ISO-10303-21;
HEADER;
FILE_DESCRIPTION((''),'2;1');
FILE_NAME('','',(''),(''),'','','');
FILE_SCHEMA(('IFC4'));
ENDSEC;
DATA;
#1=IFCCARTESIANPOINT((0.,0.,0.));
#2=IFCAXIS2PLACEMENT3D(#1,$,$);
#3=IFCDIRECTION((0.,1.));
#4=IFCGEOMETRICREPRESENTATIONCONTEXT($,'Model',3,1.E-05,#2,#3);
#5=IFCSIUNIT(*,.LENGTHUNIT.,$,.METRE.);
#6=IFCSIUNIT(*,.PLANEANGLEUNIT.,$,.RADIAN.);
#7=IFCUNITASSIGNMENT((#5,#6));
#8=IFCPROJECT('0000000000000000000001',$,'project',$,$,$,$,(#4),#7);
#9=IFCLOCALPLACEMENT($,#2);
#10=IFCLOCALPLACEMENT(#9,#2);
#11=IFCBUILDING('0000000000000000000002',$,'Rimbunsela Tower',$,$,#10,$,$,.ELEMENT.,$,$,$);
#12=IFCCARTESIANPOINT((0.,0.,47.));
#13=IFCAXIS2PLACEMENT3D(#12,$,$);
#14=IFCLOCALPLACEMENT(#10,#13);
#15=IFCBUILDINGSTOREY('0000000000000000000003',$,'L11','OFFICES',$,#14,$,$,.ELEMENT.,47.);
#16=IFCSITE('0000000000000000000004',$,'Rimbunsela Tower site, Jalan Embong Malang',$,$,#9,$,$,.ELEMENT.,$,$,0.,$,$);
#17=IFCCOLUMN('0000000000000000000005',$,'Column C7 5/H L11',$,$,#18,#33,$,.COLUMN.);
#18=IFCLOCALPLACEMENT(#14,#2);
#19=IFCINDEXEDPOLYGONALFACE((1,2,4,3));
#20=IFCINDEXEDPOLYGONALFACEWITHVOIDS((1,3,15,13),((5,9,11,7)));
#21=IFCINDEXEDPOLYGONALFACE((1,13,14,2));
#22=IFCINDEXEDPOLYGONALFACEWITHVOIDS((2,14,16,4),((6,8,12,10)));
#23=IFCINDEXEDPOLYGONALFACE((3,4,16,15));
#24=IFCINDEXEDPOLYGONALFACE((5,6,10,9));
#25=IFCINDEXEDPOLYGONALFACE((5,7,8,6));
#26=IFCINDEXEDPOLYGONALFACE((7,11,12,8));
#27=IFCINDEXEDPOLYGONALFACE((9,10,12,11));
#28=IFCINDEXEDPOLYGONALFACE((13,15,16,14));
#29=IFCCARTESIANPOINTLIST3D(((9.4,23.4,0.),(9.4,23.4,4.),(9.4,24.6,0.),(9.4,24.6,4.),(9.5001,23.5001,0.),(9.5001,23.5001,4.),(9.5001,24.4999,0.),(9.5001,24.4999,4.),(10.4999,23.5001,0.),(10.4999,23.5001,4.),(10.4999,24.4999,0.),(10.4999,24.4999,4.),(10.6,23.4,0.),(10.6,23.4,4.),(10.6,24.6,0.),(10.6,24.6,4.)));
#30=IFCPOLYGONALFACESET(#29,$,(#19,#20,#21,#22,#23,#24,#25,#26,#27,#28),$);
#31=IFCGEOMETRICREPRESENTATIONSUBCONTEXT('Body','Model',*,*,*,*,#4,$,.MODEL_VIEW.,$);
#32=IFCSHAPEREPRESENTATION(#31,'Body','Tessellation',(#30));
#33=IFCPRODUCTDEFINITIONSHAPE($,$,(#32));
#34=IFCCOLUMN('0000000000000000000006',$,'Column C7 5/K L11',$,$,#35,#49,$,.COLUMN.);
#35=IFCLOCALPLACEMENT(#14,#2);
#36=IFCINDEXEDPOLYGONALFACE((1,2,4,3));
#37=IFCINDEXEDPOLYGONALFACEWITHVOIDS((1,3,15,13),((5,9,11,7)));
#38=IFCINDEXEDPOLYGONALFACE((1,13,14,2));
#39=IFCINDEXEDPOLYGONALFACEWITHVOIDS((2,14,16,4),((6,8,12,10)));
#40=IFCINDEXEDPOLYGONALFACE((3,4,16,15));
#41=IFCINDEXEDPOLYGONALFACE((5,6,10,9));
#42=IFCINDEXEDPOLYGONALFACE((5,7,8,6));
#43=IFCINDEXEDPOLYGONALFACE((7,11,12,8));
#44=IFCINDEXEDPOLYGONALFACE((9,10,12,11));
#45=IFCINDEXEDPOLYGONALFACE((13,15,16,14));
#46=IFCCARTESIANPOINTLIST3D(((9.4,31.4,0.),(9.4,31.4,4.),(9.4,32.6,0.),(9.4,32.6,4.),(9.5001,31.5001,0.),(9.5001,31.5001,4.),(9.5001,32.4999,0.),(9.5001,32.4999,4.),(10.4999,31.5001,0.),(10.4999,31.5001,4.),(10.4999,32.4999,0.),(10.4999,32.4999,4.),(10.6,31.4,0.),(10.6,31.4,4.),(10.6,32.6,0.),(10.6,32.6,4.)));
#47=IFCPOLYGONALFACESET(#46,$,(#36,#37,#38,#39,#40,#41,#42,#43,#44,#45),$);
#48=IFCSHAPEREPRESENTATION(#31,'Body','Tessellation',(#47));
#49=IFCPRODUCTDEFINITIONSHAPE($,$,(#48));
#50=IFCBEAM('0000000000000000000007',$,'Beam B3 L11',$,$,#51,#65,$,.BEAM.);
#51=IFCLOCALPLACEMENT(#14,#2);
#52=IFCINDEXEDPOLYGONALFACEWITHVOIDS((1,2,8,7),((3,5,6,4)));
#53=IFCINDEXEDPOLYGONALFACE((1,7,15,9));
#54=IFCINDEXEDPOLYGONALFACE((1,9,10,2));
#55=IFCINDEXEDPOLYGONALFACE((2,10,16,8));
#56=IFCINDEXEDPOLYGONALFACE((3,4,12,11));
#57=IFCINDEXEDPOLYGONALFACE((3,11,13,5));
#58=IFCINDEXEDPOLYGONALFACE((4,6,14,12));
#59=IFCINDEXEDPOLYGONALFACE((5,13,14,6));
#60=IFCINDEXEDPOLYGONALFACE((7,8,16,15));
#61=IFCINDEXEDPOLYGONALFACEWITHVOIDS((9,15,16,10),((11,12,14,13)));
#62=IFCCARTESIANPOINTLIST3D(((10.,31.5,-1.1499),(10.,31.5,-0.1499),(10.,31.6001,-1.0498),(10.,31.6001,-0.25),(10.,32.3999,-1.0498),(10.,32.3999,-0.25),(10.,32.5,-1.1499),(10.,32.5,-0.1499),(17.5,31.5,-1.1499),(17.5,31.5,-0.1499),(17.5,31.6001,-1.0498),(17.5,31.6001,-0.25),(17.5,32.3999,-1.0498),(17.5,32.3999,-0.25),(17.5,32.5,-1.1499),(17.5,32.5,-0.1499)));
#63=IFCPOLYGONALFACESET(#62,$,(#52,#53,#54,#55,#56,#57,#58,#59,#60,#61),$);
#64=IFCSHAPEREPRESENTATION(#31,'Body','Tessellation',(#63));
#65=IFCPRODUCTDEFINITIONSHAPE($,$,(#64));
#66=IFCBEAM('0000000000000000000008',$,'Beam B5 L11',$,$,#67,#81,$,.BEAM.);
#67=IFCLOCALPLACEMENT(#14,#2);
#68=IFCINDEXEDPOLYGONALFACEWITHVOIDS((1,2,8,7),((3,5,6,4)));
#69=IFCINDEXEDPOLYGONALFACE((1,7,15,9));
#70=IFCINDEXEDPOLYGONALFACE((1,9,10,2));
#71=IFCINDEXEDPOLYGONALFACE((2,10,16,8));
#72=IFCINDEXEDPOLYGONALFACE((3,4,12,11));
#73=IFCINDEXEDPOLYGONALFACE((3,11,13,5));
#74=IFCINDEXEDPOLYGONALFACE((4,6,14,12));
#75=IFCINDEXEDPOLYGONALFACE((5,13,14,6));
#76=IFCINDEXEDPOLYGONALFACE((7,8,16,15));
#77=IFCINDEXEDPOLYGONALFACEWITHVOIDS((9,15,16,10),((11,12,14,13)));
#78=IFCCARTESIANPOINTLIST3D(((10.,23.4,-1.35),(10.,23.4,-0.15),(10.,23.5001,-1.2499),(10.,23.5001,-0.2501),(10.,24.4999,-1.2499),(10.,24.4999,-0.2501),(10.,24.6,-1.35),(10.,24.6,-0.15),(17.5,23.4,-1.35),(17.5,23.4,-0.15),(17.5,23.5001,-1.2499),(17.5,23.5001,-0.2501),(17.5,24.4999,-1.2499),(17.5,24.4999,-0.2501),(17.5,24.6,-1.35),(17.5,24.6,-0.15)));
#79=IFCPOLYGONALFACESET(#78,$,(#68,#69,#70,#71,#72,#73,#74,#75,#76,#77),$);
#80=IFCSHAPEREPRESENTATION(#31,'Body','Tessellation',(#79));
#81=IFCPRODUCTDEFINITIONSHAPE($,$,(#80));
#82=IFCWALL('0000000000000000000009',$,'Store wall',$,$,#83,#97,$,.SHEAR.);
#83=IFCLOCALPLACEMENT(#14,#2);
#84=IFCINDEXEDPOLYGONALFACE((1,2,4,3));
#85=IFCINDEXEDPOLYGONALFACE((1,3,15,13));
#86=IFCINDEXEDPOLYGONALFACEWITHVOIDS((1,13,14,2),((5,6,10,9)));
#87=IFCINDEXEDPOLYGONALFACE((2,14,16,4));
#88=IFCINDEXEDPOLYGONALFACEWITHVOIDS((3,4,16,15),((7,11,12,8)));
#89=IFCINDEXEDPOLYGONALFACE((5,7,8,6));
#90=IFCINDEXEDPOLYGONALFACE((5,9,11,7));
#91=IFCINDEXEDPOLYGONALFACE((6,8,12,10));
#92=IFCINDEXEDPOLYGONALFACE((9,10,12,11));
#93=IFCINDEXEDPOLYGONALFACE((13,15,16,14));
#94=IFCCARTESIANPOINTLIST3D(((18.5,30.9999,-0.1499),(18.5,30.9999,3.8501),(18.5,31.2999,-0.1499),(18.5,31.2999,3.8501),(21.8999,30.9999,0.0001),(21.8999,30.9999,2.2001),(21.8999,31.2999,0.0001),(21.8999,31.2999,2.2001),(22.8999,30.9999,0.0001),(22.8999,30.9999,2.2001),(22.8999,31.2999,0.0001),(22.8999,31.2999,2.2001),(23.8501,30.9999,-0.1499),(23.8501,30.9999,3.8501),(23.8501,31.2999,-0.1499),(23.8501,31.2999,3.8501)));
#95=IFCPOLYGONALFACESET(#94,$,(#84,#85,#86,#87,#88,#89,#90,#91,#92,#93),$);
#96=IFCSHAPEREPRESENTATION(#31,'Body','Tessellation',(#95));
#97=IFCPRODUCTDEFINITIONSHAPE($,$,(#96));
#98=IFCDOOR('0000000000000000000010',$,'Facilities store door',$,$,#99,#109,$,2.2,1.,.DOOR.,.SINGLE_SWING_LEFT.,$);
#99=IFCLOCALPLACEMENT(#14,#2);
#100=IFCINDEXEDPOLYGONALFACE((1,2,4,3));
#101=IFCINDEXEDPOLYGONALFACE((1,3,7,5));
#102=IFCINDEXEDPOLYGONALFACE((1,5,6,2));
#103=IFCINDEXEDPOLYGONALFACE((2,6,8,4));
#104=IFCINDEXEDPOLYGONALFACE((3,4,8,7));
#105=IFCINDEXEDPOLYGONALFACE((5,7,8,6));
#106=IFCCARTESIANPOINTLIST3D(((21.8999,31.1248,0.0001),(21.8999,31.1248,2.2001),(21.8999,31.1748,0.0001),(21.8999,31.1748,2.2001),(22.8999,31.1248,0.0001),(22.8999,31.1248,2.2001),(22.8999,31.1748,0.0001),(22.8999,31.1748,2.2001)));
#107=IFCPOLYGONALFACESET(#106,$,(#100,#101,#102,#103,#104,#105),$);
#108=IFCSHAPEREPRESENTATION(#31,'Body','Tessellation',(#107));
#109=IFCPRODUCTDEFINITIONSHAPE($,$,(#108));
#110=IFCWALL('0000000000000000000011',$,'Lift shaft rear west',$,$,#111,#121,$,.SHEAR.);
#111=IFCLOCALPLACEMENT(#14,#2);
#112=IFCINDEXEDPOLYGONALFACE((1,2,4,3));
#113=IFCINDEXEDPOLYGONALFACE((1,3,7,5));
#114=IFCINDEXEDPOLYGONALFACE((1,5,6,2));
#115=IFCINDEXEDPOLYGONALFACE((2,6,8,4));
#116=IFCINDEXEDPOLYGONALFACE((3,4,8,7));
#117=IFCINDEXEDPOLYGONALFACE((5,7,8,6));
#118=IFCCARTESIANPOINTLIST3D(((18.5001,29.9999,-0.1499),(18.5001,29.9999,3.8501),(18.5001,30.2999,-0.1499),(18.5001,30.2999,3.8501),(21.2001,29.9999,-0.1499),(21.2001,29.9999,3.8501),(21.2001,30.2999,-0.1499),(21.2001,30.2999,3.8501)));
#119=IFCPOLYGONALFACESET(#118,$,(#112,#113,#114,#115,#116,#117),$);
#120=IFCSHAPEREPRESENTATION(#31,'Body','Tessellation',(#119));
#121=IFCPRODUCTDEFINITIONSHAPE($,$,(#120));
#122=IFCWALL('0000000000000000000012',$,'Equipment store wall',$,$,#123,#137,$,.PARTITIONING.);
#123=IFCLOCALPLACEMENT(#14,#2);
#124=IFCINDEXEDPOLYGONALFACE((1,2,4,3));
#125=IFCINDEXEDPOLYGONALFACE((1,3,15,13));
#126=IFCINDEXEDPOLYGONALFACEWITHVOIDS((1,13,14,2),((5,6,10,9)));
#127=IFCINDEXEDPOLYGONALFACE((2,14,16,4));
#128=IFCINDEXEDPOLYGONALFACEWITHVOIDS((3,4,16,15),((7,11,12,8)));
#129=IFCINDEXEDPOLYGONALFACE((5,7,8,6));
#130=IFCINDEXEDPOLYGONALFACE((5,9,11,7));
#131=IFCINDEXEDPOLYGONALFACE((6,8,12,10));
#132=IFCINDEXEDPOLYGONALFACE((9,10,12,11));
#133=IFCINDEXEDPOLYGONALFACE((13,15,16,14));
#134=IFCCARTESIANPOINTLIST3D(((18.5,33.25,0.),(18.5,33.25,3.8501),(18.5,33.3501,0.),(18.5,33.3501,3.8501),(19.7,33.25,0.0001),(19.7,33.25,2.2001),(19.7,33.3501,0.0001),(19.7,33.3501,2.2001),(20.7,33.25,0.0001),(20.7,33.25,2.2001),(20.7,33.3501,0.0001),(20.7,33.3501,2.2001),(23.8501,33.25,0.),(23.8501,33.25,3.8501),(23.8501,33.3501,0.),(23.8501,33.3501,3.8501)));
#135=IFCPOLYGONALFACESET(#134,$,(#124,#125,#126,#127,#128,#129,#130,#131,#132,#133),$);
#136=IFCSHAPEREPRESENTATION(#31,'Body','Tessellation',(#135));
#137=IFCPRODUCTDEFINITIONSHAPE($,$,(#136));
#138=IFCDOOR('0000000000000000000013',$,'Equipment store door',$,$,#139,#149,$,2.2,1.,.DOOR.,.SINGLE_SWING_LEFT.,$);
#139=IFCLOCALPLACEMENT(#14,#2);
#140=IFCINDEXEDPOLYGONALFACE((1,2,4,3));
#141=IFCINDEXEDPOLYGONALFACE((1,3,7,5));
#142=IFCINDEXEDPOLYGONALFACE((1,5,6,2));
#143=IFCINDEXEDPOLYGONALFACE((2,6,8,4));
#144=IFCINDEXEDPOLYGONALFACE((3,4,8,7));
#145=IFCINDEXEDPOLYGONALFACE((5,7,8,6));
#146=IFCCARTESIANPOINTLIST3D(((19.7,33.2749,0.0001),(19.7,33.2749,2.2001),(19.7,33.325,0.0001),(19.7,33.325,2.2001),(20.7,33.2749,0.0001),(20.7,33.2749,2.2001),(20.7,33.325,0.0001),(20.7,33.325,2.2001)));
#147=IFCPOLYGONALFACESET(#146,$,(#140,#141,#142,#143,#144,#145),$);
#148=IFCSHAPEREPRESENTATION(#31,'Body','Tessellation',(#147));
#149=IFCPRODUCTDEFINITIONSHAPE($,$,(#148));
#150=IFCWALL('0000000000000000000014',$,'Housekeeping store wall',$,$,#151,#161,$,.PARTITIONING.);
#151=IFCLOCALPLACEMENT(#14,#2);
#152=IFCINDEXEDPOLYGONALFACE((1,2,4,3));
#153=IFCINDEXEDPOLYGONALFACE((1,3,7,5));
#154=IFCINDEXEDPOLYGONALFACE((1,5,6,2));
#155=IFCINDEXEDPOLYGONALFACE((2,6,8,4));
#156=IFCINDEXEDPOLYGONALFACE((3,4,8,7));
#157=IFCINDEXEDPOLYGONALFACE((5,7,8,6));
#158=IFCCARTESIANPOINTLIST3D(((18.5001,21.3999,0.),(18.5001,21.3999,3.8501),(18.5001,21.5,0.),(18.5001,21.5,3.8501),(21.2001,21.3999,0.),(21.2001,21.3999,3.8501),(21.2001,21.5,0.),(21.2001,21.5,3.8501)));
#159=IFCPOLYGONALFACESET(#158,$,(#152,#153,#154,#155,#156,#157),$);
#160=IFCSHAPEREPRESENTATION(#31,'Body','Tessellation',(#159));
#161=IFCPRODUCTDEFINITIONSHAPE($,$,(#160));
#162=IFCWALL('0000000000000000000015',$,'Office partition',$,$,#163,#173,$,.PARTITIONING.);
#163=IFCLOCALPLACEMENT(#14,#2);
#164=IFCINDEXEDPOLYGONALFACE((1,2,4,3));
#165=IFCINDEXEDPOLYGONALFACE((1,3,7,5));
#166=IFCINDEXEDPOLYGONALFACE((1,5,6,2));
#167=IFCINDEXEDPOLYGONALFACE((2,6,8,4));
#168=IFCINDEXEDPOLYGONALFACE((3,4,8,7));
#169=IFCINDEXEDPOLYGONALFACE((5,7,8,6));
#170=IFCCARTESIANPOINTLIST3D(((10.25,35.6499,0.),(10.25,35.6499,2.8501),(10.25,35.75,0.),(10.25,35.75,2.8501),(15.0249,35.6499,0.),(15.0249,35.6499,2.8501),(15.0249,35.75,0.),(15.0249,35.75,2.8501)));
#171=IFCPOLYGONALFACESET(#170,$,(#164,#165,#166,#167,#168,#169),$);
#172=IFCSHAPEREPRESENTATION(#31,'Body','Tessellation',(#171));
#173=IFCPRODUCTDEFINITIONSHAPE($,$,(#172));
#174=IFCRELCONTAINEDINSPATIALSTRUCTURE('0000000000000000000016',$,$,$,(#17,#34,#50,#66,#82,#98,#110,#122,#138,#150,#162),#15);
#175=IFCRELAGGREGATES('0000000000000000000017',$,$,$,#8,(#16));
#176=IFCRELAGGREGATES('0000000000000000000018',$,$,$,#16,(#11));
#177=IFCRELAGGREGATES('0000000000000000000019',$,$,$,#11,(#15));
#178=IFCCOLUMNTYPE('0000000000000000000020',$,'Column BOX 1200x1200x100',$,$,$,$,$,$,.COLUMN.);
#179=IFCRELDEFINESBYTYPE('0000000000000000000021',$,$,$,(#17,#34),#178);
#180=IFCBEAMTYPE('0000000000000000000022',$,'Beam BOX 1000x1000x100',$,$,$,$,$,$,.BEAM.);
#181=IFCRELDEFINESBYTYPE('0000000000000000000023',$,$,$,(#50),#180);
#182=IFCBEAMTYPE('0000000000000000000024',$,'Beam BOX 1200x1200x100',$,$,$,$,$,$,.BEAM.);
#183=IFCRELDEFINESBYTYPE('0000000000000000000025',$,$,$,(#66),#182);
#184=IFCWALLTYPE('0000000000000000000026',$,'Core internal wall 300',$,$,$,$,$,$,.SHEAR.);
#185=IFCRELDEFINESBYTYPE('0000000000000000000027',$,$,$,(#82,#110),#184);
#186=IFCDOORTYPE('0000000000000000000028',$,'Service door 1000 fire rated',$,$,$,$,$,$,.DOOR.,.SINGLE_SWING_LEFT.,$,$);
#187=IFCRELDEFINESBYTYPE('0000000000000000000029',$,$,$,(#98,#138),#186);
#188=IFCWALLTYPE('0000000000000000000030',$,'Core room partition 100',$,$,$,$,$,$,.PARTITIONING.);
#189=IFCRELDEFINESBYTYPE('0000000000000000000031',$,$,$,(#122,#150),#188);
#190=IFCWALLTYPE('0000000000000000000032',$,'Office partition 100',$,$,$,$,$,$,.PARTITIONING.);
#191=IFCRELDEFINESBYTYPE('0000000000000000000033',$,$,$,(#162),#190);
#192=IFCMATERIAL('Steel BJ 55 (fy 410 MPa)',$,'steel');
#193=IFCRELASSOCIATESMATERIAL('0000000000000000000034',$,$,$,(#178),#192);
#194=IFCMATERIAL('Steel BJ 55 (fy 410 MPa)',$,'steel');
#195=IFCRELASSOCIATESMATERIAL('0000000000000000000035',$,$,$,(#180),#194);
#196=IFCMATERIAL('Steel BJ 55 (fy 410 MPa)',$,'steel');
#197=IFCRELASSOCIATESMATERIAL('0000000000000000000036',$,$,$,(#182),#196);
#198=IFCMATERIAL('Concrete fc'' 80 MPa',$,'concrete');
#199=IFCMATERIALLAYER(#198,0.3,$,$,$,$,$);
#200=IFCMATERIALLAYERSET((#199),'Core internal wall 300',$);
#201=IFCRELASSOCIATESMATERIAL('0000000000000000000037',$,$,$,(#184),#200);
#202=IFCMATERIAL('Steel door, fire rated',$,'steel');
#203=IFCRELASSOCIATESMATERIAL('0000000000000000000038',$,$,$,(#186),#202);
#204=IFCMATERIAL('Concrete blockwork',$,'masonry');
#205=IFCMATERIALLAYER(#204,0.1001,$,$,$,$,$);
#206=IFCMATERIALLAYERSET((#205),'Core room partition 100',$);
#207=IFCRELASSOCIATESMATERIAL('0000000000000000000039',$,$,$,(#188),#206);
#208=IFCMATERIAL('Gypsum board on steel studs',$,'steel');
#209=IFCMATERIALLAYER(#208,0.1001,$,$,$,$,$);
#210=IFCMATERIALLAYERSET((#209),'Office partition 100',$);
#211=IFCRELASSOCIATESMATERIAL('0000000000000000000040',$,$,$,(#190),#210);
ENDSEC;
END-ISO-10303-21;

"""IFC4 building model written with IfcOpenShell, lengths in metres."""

from ifc_helpers import new_model, si_unit, direction, frame, frame_2d, origin, origin_2d, place, context, subcontext, project, spatial, rectangle, hollow_rectangle, extrude, material, layer, layer_set, material_profile, profile_set, type_object, element, fill, save


model = new_model("IFC4")

# Units and contexts
model_context = context("Model", 3, precision=1e-05, world=origin(), true_north=direction((0.0, 1.0)))
body_context = subcontext(model_context, "Body", "Model", "MODEL_VIEW")
ifc_project = project(units=[si_unit("LENGTHUNIT", "METRE"), si_unit("PLANEANGLEUNIT", "RADIAN")], contexts=[model_context])

# Site, building, storey
site_placement = place(None, origin())
site = spatial("IfcSite", under=ifc_project, at=site_placement, Name="Rimbunsela Tower site, Jalan Embong Malang", CompositionType="ELEMENT", RefElevation=0.0)
building_placement = place(site_placement, origin())
building = spatial("IfcBuilding", under=site, at=building_placement, Name="Rimbunsela Tower", CompositionType="ELEMENT")
storey_placement = place(building_placement, frame((0.0, 0.0, 47.0)))
storey = spatial("IfcBuildingStorey", under=building, at=storey_placement, Name="L11", Description="OFFICES", CompositionType="ELEMENT", Elevation=47.0)

# Columns
ifc_material_1 = material(Name="Steel BJ 55 (fy 410 MPa)", Category="steel")
ifc_material_profile_1 = material_profile(ifc_material_1, hollow_rectangle(XDim=1.2, YDim=1.2, WallThickness=0.1001, at=origin_2d()), Name="BOX 1200x1200x100")
ifc_profile_set_1 = profile_set([ifc_material_profile_1], Name="Steel BJ 55 (fy 410 MPa)")
column_type = type_object("IfcColumnType", Name="Column BOX 1200x1200x100", PredefinedType="COLUMN", material=ifc_profile_set_1)
for number, where, z_axis, x_axis, name in (
    (1, (10.0, 24.0, 0.0), (0.0, 0.0, 1.0), (1.0, 0.0, 0.0), "Column C7 5/H L11"),
    (2, (10.0, 32.0, 0.0), (0.0, 0.0, 1.0), (1.0, 0.0, 0.0), "Column C7 5/K L11"),
):
    element("IfcColumn", number, at=place(storey_placement, frame(where, z_axis=z_axis, x_axis=x_axis)), inside=storey, type_object=column_type, Name=name, PredefinedType="COLUMN", context=body_context, shape_type="SweptSolid", body=[
        extrude(hollow_rectangle(XDim=1.2, YDim=1.2, WallThickness=0.1001, at=origin_2d()), origin(), (0.0, 0.0, 1.0), 4.0),
    ])

# Beams
ifc_material_2 = material(Name="Steel BJ 55 (fy 410 MPa)", Category="steel")
ifc_material_profile_2 = material_profile(ifc_material_2, hollow_rectangle(XDim=1.0, YDim=1.0, WallThickness=0.1001, at=origin_2d()), Name="BOX 1000x1000x100")
ifc_profile_set_2 = profile_set([ifc_material_profile_2], Name="Steel BJ 55 (fy 410 MPa)")
beam_type_1 = type_object("IfcBeamType", Name="Beam BOX 1000x1000x100", PredefinedType="BEAM", material=ifc_profile_set_2)
beam_1_placement = place(storey_placement, frame((10.0, 32.0, -0.6499), z_axis=(1.0, 0.0, 0.0), x_axis=(0.0, 1.0, 0.0)))
element("IfcBeam", 3, at=beam_1_placement, inside=storey, type_object=beam_type_1, Name="Beam B3 L11", PredefinedType="BEAM", context=body_context, shape_type="SweptSolid", body=[
    extrude(hollow_rectangle(XDim=1.0, YDim=1.0, WallThickness=0.1001, at=origin_2d()), origin(), (0.0, 0.0, 1.0), 7.5),
])
ifc_material_3 = material(Name="Steel BJ 55 (fy 410 MPa)", Category="steel")
ifc_material_profile_3 = material_profile(ifc_material_3, hollow_rectangle(XDim=1.2, YDim=1.2, WallThickness=0.1001, at=origin_2d()), Name="BOX 1200x1200x100")
ifc_profile_set_3 = profile_set([ifc_material_profile_3], Name="Steel BJ 55 (fy 410 MPa)")
beam_type_2 = type_object("IfcBeamType", Name="Beam BOX 1200x1200x100", PredefinedType="BEAM", material=ifc_profile_set_3)
beam_2_placement = place(storey_placement, frame((10.0, 24.0, -0.75), z_axis=(1.0, 0.0, 0.0), x_axis=(0.0, 1.0, 0.0)))
element("IfcBeam", 4, at=beam_2_placement, inside=storey, type_object=beam_type_2, Name="Beam B5 L11", PredefinedType="BEAM", context=body_context, shape_type="SweptSolid", body=[
    extrude(hollow_rectangle(XDim=1.2, YDim=1.2, WallThickness=0.1001, at=origin_2d()), origin(), (0.0, 0.0, 1.0), 7.5),
])

# Wall, opening, door
ifc_material_4 = material(Name="Concrete fc' 80 MPa", Category="concrete")
ifc_layer_1 = layer(ifc_material_4, 0.3)
ifc_layer_set_1 = layer_set([ifc_layer_1], Name="Core internal wall 300")
wall_type_1 = type_object("IfcWallType", Name="Core internal wall 300", PredefinedType="SHEAR", material=ifc_layer_set_1)
wall_1_placement = place(storey_placement, frame((18.5, 31.1499, -0.1499), z_axis=(0.0, 0.0, 1.0), x_axis=(1.0, 0.0, 0.0)))
wall_1 = element("IfcWall", 5, at=wall_1_placement, inside=storey, type_object=wall_type_1, Name="Store wall", PredefinedType="SHEAR", context=body_context, shape_type="SweptSolid", body=[
    extrude(rectangle(XDim=5.3501, YDim=0.3, at=frame_2d((2.675, 0.0))), origin(), (0.0, 0.0, 1.0), 4.0),
])
opening_1_placement = place(wall_1_placement, frame((3.3999, 0.0, 0.1499)))
opening_1 = element("IfcOpeningElement", 6, at=opening_1_placement, cuts=wall_1, PredefinedType="OPENING", context=body_context, shape_type="SweptSolid", body=[
    extrude(rectangle(XDim=1.0, YDim=2.2, at=frame_2d((0.5, 1.1001))), frame((0.0, 0.1599, 0.0), z_axis=(0.0, -1.0, 0.0), x_axis=(1.0, 0.0, 0.0)), (0.0, 0.0, 1.0), 0.3201),
])
ifc_material_5 = material(Name="Steel door, fire rated", Category="steel")
door_type_1 = type_object("IfcDoorType", Name="Service door 1000 fire rated", OperationType="SINGLE_SWING_LEFT", PredefinedType="DOOR", material=ifc_material_5)
door_1_placement = place(opening_1_placement, origin())
door_1 = element("IfcDoor", 7, at=door_1_placement, inside=storey, type_object=door_type_1, Name="Facilities store door", OperationType="SINGLE_SWING_LEFT", OverallHeight=2.2, OverallWidth=1.0, PredefinedType="DOOR", context=body_context, shape_type="SweptSolid", body=[
    extrude(rectangle(XDim=1.0, YDim=2.2, at=frame_2d((0.5, 1.1001))), frame((0.0, 0.0249, 0.0), z_axis=(0.0, -1.0, 0.0), x_axis=(1.0, 0.0, 0.0)), (0.0, 0.0, 1.0), 0.05),
])
fill(opening_1, door_1)

# Wall
wall_2_placement = place(storey_placement, frame((18.5, 30.1499, -0.1499), z_axis=(0.0, 0.0, 1.0), x_axis=(1.0, 0.0, 0.0)))
element("IfcWall", 8, at=wall_2_placement, inside=storey, type_object=wall_type_1, Name="Lift shaft rear west", PredefinedType="SHEAR", context=body_context, shape_type="SweptSolid", body=[
    extrude(rectangle(XDim=2.7, YDim=0.3, at=frame_2d((1.3501, 0.0))), origin(), (0.0, 0.0, 1.0), 4.0),
])

# Wall, opening, door
ifc_material_6 = material(Name="Concrete blockwork", Category="masonry")
ifc_layer_2 = layer(ifc_material_6, 0.1001)
ifc_layer_set_2 = layer_set([ifc_layer_2], Name="Core room partition 100")
wall_type_2 = type_object("IfcWallType", Name="Core room partition 100", PredefinedType="PARTITIONING", material=ifc_layer_set_2)
wall_3_placement = place(storey_placement, frame((18.5, 33.3, 0.0), z_axis=(0.0, 0.0, 1.0), x_axis=(1.0, 0.0, 0.0)))
wall_3 = element("IfcWall", 9, at=wall_3_placement, inside=storey, type_object=wall_type_2, Name="Equipment store wall", PredefinedType="PARTITIONING", context=body_context, shape_type="SweptSolid", body=[
    extrude(rectangle(XDim=5.3501, YDim=0.1001, at=frame_2d((2.675, 0.0))), origin(), (0.0, 0.0, 1.0), 3.8501),
])
opening_2_placement = place(wall_3_placement, frame((1.2, 0.0, 0.0)))
opening_2 = element("IfcOpeningElement", 10, at=opening_2_placement, cuts=wall_3, PredefinedType="OPENING", context=body_context, shape_type="SweptSolid", body=[
    extrude(rectangle(XDim=1.0, YDim=2.2, at=frame_2d((0.5, 1.1001))), frame((0.0, 0.0601, 0.0), z_axis=(0.0, -1.0, 0.0), x_axis=(1.0, 0.0, 0.0)), (0.0, 0.0, 1.0), 0.1201),
])
door_2_placement = place(opening_2_placement, origin())
door_2 = element("IfcDoor", 11, at=door_2_placement, inside=storey, type_object=door_type_1, Name="Equipment store door", OperationType="SINGLE_SWING_LEFT", OverallHeight=2.2, OverallWidth=1.0, PredefinedType="DOOR", context=body_context, shape_type="SweptSolid", body=[
    extrude(rectangle(XDim=1.0, YDim=2.2, at=frame_2d((0.5, 1.1001))), frame((0.0, 0.0249, 0.0), z_axis=(0.0, -1.0, 0.0), x_axis=(1.0, 0.0, 0.0)), (0.0, 0.0, 1.0), 0.05),
])
fill(opening_2, door_2)

# Walls
wall_4_placement = place(storey_placement, frame((18.5, 21.45, 0.0), z_axis=(0.0, 0.0, 1.0), x_axis=(1.0, 0.0, 0.0)))
element("IfcWall", 12, at=wall_4_placement, inside=storey, type_object=wall_type_2, Name="Housekeeping store wall", PredefinedType="PARTITIONING", context=body_context, shape_type="SweptSolid", body=[
    extrude(rectangle(XDim=2.7, YDim=0.1001, at=frame_2d((1.3501, 0.0))), origin(), (0.0, 0.0, 1.0), 3.8501),
])
ifc_material_7 = material(Name="Gypsum board on steel studs", Category="steel")
ifc_layer_3 = layer(ifc_material_7, 0.1001)
ifc_layer_set_3 = layer_set([ifc_layer_3], Name="Office partition 100")
wall_type_3 = type_object("IfcWallType", Name="Office partition 100", PredefinedType="PARTITIONING", material=ifc_layer_set_3)
wall_5_placement = place(storey_placement, frame((10.25, 35.7, 0.0), z_axis=(0.0, 0.0, 1.0), x_axis=(1.0, 0.0, 0.0)))
element("IfcWall", 13, at=wall_5_placement, inside=storey, type_object=wall_type_3, Name="Office partition", PredefinedType="PARTITIONING", context=body_context, shape_type="SweptSolid", body=[
    extrude(rectangle(XDim=4.7749, YDim=0.1001, at=frame_2d((2.3875, 0.0))), origin(), (0.0, 0.0, 1.0), 2.8501),
])

save(model, "model.ifc")
